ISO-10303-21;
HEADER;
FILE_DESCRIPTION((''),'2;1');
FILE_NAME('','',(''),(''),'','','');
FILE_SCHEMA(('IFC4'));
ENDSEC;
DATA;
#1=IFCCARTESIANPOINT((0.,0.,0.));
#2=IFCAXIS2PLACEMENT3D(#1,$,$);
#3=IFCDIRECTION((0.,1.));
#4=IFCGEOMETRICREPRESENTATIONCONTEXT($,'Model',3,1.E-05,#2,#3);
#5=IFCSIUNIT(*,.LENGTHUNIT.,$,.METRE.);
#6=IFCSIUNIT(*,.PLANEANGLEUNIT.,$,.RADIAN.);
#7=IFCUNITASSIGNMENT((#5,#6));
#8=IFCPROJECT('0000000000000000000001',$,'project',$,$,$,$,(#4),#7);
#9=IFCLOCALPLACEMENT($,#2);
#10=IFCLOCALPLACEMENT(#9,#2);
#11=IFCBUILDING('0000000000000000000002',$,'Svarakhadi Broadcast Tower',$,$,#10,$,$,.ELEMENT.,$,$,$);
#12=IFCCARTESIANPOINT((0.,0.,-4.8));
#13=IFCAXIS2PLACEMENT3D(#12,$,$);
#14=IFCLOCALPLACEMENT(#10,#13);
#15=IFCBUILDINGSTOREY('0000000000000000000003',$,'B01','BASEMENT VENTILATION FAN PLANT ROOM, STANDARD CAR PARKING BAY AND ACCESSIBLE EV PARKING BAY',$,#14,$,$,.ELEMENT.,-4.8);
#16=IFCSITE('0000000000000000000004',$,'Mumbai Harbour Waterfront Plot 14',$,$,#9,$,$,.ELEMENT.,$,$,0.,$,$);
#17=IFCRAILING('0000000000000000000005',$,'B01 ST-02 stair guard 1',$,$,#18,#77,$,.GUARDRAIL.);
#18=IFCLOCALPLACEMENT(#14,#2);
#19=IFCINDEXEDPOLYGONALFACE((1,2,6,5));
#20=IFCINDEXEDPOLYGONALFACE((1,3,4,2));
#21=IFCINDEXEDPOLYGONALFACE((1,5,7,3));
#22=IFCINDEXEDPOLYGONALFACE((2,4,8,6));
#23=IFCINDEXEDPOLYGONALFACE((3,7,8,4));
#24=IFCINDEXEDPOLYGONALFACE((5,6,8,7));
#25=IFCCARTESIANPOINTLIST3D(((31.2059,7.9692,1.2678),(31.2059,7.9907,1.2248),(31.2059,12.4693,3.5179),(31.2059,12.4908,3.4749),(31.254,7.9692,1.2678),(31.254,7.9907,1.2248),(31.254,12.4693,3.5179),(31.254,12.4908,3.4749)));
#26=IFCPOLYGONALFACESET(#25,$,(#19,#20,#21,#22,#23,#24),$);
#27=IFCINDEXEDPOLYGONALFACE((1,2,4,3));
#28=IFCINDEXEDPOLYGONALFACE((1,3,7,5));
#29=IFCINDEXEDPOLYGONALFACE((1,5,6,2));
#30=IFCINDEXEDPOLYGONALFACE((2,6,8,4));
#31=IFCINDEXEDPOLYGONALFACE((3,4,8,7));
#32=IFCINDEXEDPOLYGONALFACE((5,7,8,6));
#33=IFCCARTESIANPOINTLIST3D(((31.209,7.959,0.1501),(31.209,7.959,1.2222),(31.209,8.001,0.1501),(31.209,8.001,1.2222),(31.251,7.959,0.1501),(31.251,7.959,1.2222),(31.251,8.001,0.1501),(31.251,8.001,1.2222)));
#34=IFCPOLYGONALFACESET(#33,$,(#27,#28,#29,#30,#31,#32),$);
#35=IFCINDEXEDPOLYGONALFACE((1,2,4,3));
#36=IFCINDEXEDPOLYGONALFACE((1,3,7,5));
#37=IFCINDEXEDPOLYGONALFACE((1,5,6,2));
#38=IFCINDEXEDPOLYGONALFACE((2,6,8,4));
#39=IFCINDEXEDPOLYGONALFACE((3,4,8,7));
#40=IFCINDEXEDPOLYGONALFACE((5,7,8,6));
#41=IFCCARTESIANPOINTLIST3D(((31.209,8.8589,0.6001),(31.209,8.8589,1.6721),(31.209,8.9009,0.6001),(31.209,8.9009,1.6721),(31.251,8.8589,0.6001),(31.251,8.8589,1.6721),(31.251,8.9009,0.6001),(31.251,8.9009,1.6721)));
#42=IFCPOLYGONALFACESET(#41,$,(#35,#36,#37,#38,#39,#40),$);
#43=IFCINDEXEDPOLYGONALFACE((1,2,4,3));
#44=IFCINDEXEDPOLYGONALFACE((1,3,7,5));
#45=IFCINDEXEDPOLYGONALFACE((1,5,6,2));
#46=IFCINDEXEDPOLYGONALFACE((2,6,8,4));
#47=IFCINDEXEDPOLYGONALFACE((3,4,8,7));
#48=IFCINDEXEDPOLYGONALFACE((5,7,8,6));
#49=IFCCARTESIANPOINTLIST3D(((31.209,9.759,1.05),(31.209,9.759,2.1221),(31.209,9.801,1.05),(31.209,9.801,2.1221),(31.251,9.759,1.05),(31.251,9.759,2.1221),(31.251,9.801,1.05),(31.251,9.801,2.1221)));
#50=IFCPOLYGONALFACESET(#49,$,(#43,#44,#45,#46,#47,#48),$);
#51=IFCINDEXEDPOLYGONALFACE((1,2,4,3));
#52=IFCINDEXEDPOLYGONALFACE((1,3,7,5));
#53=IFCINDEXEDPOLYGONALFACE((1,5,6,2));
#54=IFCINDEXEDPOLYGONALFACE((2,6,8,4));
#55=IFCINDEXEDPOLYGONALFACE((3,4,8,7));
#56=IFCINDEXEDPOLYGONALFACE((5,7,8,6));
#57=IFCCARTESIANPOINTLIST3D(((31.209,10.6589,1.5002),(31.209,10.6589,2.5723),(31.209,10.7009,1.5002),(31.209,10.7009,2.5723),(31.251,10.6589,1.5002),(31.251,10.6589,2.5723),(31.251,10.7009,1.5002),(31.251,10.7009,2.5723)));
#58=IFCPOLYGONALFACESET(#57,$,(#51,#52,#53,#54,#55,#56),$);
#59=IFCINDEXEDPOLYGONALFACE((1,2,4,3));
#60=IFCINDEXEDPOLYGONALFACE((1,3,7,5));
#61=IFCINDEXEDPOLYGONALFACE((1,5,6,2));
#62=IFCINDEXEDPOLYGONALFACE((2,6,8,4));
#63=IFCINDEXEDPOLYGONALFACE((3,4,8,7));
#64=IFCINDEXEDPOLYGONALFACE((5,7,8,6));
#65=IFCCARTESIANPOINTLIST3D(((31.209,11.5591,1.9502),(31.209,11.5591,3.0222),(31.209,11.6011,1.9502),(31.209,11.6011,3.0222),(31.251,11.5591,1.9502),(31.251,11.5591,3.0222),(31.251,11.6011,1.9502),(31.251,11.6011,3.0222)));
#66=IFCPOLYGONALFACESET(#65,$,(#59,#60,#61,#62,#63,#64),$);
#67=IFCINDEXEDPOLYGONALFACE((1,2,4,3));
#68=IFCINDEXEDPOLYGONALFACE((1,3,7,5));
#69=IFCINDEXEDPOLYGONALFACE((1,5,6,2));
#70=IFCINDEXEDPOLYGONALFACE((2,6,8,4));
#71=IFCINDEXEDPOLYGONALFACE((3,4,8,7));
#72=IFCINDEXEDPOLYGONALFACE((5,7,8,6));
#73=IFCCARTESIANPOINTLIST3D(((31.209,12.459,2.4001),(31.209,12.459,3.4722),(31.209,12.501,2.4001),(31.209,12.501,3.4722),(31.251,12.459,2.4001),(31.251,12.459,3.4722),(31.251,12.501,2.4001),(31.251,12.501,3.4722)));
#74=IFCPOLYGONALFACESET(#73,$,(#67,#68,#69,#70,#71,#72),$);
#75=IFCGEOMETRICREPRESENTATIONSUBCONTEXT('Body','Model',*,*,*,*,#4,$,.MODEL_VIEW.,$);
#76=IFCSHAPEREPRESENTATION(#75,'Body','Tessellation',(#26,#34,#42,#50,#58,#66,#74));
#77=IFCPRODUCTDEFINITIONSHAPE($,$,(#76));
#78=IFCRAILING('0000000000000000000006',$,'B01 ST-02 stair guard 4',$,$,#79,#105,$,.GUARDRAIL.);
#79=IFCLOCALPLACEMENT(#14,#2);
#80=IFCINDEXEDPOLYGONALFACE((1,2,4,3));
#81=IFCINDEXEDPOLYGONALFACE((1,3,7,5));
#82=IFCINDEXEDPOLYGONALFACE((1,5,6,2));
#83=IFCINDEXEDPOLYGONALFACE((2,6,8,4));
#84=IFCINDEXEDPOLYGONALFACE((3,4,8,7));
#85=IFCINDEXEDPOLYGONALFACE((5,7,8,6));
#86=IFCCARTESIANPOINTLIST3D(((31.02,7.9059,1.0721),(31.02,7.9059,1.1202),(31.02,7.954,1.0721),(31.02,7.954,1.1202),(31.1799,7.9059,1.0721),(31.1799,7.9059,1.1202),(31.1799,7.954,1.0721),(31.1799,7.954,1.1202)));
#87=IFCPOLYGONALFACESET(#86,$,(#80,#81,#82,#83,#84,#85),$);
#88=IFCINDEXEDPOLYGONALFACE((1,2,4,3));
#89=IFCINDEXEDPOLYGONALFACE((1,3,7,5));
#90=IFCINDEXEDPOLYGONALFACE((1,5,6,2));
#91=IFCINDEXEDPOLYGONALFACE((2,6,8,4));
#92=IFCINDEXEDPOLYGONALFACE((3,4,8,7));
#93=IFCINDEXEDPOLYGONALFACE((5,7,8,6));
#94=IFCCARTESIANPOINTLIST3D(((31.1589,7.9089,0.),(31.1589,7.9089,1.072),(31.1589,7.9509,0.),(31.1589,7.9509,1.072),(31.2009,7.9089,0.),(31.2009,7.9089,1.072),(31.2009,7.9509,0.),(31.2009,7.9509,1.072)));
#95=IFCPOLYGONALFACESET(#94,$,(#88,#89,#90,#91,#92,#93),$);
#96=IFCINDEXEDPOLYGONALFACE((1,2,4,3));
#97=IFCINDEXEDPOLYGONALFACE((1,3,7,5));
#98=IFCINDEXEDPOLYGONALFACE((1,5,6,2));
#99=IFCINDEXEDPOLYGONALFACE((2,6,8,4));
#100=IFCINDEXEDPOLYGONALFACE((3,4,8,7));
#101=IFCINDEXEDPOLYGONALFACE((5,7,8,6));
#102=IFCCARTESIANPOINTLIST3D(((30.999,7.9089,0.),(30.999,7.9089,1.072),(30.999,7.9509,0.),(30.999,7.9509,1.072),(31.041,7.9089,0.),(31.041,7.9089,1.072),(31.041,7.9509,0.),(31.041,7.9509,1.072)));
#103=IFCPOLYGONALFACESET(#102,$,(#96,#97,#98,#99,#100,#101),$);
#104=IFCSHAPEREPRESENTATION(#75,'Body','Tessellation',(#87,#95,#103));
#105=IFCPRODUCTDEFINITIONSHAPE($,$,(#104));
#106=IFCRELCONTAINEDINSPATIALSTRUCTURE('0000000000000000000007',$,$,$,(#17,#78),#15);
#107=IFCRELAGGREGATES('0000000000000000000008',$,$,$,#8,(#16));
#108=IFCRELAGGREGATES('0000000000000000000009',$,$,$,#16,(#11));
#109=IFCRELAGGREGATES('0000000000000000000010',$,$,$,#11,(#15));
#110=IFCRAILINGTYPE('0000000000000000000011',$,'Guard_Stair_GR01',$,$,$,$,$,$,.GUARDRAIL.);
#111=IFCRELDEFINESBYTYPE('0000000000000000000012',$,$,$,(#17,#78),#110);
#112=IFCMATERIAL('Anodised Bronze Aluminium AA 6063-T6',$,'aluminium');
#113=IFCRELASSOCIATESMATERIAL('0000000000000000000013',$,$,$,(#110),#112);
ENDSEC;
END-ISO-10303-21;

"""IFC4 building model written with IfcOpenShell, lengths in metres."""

from ifc_helpers import new_model, si_unit, direction, frame, origin, origin_2d, place, context, subcontext, project, spatial, rectangle, extrude, material, type_object, element, save


model = new_model("IFC4")

# Units and contexts
model_context = context("Model", 3, precision=1e-05, world=origin(), true_north=direction((0.0, 1.0)))
body_context = subcontext(model_context, "Body", "Model", "MODEL_VIEW")
ifc_project = project(units=[si_unit("LENGTHUNIT", "METRE"), si_unit("PLANEANGLEUNIT", "RADIAN")], contexts=[model_context])

# Site, building, storey
site_placement = place(None, origin())
site = spatial("IfcSite", under=ifc_project, at=site_placement, Name="Mumbai Harbour Waterfront Plot 14", CompositionType="ELEMENT", RefElevation=0.0)
building_placement = place(site_placement, origin())
building = spatial("IfcBuilding", under=site, at=building_placement, Name="Svarakhadi Broadcast Tower", CompositionType="ELEMENT")
storey_placement = place(building_placement, frame((0.0, 0.0, -4.8)))
storey = spatial("IfcBuildingStorey", under=building, at=storey_placement, Name="B01", Description="BASEMENT VENTILATION FAN PLANT ROOM, STANDARD CAR PARKING BAY AND ACCESSIBLE EV PARKING BAY", CompositionType="ELEMENT", Elevation=-4.8)

# Shared definitions
ifc_material_1 = material(Name="Anodised Bronze Aluminium AA 6063-T6", Category="aluminium")

# Railings
railing_type = type_object("IfcRailingType", Name="Guard_Stair_GR01", PredefinedType="GUARDRAIL", material=ifc_material_1)
railing_1_placement = place(storey_placement, frame((31.23, 7.98, 0.1501)))
element("IfcRailing", 1, at=railing_1_placement, inside=storey, type_object=railing_type, Name="B01 ST-02 stair guard 1", PredefinedType="GUARDRAIL", context=body_context, shape_type="SweptSolid", body=[
    extrude(rectangle(XDim=0.0481, YDim=0.0481, at=origin_2d()), frame((0.0, 0.0, 1.0962), z_axis=(0.0, 0.894427, 0.447214), x_axis=(-1.0, 0.0, 0.0)), (0.0, 0.0, 1.0), 5.0312),
    extrude(rectangle(XDim=0.042, YDim=0.042, at=origin_2d()), origin(), (0.0, 0.0, 1.0), 1.072),
    extrude(rectangle(XDim=0.042, YDim=0.042, at=origin_2d()), frame((0.0, 0.8999, 0.45)), (0.0, 0.0, 1.0), 1.072),
    extrude(rectangle(XDim=0.042, YDim=0.042, at=origin_2d()), frame((0.0, 1.8, 0.8999)), (0.0, 0.0, 1.0), 1.072),
    extrude(rectangle(XDim=0.042, YDim=0.042, at=origin_2d()), frame((0.0, 2.7, 1.3501)), (0.0, 0.0, 1.0), 1.072),
    extrude(rectangle(XDim=0.042, YDim=0.042, at=origin_2d()), frame((0.0, 3.6001, 1.8)), (0.0, 0.0, 1.0), 1.072),
    extrude(rectangle(XDim=0.042, YDim=0.042, at=origin_2d()), frame((0.0, 4.5, 2.25)), (0.0, 0.0, 1.0), 1.072),
])
railing_2_placement = place(storey_placement, frame((31.1799, 7.9299, 0.0)))
element("IfcRailing", 2, at=railing_2_placement, inside=storey, type_object=railing_type, Name="B01 ST-02 stair guard 4", PredefinedType="GUARDRAIL", context=body_context, shape_type="SweptSolid", body=[
    extrude(rectangle(XDim=0.0481, YDim=0.0481, at=origin_2d()), frame((0.0, 0.0, 1.0962), z_axis=(-1.0, 0.0, 0.0), x_axis=(0.0, -1.0, 0.0)), (0.0, 0.0, 1.0), 0.1599),
    extrude(rectangle(XDim=0.042, YDim=0.042, at=origin_2d()), origin(), (0.0, 0.0, 1.0), 1.072),
    extrude(rectangle(XDim=0.042, YDim=0.042, at=origin_2d()), frame((-0.1599, 0.0, 0.0)), (0.0, 0.0, 1.0), 1.072),
])

save(model, "model.ifc")
